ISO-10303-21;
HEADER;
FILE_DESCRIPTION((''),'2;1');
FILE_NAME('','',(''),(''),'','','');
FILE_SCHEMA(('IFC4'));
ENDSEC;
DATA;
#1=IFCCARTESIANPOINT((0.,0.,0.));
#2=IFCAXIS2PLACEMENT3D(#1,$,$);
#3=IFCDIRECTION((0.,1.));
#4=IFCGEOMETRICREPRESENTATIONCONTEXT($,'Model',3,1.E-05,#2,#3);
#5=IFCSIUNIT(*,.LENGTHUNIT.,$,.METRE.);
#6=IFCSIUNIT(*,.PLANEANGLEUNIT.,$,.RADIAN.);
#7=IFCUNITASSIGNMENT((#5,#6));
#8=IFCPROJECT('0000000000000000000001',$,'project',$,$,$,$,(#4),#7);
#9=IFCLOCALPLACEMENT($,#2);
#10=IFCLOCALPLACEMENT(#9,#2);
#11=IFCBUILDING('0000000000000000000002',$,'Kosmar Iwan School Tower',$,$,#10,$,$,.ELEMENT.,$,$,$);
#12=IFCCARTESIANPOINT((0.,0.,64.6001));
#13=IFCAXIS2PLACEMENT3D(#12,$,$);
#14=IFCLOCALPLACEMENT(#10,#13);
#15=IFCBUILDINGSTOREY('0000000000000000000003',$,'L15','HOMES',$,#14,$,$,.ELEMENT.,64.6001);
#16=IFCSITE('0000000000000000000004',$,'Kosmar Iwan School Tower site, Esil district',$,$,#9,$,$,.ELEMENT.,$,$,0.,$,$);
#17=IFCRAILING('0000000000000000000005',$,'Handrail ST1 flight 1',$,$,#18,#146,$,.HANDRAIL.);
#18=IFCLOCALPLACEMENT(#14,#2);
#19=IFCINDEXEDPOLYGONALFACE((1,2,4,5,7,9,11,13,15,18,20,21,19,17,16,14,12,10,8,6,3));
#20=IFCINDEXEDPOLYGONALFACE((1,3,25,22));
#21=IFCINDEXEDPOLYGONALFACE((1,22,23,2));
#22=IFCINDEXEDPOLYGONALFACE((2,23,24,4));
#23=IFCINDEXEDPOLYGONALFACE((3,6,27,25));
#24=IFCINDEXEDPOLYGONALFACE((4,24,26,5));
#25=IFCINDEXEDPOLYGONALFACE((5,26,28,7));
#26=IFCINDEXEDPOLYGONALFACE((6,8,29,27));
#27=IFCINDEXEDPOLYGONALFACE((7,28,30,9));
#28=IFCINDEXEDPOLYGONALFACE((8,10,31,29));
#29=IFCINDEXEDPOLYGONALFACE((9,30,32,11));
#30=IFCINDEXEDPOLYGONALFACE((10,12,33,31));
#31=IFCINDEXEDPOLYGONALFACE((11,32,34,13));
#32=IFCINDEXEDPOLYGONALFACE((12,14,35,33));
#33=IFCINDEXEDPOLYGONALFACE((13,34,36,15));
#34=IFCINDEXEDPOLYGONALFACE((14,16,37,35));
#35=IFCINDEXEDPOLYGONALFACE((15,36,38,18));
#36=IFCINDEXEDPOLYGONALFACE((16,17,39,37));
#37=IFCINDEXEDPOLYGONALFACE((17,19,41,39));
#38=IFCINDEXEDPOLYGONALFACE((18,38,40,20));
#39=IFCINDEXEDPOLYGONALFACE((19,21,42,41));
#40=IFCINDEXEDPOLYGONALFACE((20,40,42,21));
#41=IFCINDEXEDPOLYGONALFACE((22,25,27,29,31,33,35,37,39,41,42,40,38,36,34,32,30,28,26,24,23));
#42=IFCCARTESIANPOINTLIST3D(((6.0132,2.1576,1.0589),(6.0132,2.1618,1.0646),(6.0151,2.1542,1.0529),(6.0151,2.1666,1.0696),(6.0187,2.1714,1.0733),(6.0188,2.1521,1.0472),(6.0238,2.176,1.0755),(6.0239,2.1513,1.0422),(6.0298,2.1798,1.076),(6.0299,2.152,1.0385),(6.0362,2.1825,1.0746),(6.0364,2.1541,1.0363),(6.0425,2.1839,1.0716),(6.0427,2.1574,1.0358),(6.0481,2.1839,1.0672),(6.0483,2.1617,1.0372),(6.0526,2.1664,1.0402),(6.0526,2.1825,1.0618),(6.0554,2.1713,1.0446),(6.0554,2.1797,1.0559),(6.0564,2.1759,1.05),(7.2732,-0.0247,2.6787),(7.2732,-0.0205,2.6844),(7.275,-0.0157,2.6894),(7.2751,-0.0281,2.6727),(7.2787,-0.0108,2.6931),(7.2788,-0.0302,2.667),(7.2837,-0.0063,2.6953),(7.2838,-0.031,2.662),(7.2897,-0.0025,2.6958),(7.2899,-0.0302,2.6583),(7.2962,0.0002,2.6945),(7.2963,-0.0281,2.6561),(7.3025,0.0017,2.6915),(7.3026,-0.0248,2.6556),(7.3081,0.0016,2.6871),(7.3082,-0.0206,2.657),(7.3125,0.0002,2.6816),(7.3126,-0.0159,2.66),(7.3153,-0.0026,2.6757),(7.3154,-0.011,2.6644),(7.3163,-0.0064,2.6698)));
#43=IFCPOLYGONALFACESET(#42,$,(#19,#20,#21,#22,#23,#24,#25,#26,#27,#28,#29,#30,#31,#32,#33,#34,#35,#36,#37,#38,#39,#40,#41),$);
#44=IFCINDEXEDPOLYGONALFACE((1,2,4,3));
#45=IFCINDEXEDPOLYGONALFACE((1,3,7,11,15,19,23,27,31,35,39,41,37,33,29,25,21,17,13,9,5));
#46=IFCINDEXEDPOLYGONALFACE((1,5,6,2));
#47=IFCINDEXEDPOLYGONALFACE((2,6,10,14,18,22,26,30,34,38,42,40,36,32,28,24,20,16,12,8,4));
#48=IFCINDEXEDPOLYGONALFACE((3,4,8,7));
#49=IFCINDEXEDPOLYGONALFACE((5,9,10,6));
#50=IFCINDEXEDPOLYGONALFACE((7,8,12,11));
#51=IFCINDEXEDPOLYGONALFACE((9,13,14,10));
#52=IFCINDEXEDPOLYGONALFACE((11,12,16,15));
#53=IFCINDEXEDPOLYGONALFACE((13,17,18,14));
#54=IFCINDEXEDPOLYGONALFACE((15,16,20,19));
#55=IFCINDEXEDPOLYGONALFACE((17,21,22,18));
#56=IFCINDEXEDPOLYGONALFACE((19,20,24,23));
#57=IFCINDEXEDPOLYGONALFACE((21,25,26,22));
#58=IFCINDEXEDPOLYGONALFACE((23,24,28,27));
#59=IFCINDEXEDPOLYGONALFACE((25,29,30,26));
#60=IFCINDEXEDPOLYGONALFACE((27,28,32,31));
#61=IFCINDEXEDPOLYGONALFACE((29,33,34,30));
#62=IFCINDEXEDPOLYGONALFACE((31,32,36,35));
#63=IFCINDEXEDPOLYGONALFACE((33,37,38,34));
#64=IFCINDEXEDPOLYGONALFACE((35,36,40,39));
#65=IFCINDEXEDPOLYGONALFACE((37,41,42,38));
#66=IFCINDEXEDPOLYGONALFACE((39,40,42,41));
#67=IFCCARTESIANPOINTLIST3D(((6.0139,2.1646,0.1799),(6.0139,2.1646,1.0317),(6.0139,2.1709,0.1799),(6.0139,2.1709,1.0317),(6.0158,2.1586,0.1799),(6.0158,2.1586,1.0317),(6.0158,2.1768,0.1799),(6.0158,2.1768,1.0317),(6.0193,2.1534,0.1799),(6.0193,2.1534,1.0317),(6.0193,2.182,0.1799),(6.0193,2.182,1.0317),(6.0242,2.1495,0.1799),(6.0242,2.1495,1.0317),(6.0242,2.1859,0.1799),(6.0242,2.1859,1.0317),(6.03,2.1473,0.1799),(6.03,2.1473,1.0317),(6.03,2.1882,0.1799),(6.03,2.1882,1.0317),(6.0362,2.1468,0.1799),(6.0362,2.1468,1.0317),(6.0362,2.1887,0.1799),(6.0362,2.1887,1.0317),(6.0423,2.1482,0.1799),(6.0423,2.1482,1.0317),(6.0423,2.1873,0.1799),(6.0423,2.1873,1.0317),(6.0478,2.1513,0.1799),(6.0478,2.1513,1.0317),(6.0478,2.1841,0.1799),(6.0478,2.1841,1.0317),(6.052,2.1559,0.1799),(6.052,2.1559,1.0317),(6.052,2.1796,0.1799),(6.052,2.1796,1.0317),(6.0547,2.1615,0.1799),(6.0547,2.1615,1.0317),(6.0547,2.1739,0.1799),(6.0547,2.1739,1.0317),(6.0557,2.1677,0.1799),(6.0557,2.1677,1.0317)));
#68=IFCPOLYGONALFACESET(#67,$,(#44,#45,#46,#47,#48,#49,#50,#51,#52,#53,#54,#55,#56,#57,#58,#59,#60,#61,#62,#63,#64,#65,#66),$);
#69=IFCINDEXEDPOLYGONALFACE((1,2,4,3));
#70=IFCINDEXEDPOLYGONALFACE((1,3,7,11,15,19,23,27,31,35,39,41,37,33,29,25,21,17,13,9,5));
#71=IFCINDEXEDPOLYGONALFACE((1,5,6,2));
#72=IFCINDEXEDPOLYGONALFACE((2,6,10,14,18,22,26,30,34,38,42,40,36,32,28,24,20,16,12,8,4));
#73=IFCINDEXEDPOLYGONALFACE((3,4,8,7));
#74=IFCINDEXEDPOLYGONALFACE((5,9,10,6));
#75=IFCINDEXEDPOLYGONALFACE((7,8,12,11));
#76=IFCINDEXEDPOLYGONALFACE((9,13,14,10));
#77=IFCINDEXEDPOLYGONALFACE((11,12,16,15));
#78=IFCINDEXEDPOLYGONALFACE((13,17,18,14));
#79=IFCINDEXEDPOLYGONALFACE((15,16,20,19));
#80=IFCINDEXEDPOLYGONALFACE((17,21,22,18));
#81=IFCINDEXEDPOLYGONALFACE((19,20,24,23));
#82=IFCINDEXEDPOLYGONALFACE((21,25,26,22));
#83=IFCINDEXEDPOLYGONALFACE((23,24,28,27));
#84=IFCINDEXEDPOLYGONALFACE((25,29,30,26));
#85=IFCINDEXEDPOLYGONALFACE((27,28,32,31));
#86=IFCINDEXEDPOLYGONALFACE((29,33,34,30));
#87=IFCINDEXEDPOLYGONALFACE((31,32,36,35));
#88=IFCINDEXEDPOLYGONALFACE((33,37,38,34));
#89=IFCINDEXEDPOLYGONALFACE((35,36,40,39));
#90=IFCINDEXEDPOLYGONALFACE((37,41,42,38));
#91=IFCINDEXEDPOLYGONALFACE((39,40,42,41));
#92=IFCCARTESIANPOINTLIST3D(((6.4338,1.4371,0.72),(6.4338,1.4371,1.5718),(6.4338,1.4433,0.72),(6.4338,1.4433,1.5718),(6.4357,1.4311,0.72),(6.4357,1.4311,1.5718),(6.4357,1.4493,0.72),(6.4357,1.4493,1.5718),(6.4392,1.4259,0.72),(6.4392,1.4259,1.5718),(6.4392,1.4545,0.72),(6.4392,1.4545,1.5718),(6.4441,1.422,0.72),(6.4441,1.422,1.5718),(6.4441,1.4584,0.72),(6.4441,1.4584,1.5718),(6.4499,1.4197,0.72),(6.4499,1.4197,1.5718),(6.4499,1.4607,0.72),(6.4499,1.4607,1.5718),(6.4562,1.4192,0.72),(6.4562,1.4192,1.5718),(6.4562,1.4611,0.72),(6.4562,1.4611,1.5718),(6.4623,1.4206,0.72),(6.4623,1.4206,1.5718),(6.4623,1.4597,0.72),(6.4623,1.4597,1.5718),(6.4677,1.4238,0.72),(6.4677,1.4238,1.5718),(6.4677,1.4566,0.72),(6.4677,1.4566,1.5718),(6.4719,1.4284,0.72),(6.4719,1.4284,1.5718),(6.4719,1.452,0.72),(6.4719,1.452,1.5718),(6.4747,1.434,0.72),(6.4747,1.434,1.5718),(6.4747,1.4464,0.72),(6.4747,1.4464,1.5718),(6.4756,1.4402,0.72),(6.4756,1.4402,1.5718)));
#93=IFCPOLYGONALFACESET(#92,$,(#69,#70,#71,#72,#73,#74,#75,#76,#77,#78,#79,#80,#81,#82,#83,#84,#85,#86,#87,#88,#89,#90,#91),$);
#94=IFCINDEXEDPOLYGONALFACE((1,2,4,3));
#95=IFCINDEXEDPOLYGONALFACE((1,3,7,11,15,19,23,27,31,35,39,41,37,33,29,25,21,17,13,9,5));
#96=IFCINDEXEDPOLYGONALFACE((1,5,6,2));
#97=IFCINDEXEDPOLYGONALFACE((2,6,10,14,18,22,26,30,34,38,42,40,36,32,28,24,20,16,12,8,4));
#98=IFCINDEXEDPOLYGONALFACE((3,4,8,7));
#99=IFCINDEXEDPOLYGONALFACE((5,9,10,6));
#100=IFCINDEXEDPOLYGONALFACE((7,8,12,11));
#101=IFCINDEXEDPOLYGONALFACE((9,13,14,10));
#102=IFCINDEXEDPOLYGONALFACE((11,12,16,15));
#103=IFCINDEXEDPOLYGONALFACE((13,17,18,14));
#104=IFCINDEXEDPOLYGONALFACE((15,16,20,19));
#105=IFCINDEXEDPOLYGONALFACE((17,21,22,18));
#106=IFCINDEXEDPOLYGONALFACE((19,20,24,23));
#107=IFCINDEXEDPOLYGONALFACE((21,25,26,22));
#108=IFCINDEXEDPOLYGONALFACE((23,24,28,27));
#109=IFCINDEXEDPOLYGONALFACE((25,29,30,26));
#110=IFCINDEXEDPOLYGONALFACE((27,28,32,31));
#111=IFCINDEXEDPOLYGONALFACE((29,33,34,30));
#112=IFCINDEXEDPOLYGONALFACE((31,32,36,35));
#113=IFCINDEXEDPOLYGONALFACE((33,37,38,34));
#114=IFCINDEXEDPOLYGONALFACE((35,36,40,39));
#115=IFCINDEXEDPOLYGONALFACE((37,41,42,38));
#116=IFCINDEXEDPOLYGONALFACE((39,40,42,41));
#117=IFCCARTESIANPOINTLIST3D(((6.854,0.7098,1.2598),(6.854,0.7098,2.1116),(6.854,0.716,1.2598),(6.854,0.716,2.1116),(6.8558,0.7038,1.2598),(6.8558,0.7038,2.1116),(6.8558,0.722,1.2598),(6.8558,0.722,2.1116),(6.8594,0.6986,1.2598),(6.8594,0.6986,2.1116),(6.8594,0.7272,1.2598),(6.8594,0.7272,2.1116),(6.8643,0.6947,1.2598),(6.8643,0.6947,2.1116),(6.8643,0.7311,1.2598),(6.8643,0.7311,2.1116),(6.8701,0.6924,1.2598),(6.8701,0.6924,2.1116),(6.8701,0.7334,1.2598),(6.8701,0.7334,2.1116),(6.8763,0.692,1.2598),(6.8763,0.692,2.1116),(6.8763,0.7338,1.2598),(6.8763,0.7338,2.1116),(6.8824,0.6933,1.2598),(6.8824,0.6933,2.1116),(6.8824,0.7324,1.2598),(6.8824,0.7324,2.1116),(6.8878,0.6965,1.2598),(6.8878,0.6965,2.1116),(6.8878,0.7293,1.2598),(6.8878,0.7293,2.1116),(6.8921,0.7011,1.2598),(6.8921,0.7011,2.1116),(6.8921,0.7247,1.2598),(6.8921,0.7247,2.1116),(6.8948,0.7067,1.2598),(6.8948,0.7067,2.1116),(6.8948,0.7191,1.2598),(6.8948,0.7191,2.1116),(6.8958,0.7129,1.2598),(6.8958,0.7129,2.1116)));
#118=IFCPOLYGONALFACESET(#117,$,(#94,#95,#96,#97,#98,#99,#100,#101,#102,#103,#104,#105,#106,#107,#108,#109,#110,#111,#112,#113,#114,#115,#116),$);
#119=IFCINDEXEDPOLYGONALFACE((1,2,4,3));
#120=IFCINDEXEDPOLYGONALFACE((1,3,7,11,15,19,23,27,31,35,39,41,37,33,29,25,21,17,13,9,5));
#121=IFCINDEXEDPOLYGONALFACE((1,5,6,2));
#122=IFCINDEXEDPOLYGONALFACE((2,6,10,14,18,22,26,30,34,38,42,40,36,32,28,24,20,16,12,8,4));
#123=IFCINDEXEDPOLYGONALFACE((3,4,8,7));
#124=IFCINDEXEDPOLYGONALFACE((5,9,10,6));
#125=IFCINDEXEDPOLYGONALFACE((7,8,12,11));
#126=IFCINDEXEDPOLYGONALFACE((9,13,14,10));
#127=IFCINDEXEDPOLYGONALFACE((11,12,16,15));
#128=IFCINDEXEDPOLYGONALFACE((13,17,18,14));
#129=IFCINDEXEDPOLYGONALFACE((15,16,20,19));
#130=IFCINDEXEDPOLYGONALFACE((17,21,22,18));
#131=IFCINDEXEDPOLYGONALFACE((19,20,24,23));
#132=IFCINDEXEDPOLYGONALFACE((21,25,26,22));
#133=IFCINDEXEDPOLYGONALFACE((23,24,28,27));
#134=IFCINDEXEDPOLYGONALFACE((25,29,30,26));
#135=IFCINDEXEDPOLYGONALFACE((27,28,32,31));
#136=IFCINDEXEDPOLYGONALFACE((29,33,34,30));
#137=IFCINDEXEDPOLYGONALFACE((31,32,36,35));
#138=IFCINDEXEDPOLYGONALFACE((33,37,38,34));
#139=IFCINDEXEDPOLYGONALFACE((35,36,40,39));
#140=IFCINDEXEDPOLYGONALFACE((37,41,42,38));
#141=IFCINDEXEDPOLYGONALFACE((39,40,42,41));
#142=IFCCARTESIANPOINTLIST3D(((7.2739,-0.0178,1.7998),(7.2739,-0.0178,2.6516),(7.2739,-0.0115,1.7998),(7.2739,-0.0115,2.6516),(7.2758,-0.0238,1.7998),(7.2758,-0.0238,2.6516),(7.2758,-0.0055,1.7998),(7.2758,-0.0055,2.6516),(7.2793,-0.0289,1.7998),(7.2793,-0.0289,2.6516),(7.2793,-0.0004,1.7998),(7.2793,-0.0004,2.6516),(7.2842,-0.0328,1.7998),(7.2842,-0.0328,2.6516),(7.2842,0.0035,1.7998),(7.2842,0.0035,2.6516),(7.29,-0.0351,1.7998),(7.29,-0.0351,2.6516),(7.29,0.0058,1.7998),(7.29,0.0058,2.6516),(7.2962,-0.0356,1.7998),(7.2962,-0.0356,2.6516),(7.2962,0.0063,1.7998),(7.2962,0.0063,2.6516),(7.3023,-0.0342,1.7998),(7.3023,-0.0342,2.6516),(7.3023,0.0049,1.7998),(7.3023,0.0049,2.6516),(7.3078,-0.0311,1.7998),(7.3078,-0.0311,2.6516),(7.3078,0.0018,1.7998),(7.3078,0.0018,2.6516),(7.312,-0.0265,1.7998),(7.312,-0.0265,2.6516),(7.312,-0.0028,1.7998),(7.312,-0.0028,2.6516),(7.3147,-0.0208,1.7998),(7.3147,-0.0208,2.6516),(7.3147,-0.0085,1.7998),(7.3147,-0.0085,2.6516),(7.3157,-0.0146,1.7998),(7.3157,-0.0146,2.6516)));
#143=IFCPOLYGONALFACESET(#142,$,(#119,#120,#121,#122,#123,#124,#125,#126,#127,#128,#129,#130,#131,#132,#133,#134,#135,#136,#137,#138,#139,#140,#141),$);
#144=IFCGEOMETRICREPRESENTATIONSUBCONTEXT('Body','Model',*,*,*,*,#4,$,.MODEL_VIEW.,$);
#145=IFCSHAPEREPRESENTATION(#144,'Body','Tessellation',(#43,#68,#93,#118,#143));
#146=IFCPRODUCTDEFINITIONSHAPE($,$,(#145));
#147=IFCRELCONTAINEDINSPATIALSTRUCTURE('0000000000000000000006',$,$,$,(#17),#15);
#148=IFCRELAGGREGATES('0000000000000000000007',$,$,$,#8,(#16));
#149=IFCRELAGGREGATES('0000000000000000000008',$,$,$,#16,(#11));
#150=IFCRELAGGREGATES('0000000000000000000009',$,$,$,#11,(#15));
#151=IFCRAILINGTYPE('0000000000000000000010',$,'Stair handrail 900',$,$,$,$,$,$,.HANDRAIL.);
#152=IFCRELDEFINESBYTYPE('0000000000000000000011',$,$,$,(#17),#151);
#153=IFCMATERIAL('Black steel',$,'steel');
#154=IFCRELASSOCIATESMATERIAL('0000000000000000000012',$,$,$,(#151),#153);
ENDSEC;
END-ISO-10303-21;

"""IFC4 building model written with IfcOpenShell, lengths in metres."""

from ifc_helpers import new_model, si_unit, direction, frame, origin, origin_2d, place, context, subcontext, project, spatial, circle, extrude, material, type_object, element, save


model = new_model("IFC4")

# Units and contexts
model_context = context("Model", 3, precision=1e-05, world=origin(), true_north=direction((0.0, 1.0)))
body_context = subcontext(model_context, "Body", "Model", "MODEL_VIEW")
ifc_project = project(units=[si_unit("LENGTHUNIT", "METRE"), si_unit("PLANEANGLEUNIT", "RADIAN")], contexts=[model_context])

# Site, building, storey
site_placement = place(None, origin())
site = spatial("IfcSite", under=ifc_project, at=site_placement, Name="Kosmar Iwan School Tower site, Esil district", CompositionType="ELEMENT", RefElevation=0.0)
building_placement = place(site_placement, origin())
building = spatial("IfcBuilding", under=site, at=building_placement, Name="Kosmar Iwan School Tower", CompositionType="ELEMENT")
storey_placement = place(building_placement, frame((0.0, 0.0, 64.6001)))
storey = spatial("IfcBuildingStorey", under=building, at=storey_placement, Name="L15", Description="HOMES", CompositionType="ELEMENT", Elevation=64.6001)

# Railing
ifc_material_1 = material(Name="Black steel", Category="steel")
railing_type = type_object("IfcRailingType", Name="Stair handrail 900", PredefinedType="HANDRAIL", material=ifc_material_1)
railing_placement = place(storey_placement, frame((6.0347, 2.1677, 0.1799)))
element("IfcRailing", 1, at=railing_placement, inside=storey, type_object=railing_type, Name="Handrail ST1 flight 1", PredefinedType="HANDRAIL", context=body_context, shape_type="SweptSolid", body=[
    extrude(circle(Radius=0.0239, at=origin_2d()), frame((0.0, 0.0, 0.876), z_axis=(0.420603, -0.728496, 0.540728), x_axis=(0.866023, 0.500005, 0.0)), (0.0, 0.0, 1.0), 2.9956),
    extrude(circle(Radius=0.021, at=origin_2d()), origin(), (0.0, 0.0, 1.0), 0.8518),
    extrude(circle(Radius=0.021, at=origin_2d()), frame((0.4199, -0.7275, 0.54)), (0.0, 0.0, 1.0), 0.8518),
    extrude(circle(Radius=0.021, at=origin_2d()), frame((0.8401, -1.4548, 1.0798)), (0.0, 0.0, 1.0), 0.8518),
    extrude(circle(Radius=0.021, at=origin_2d()), frame((1.26, -2.1824, 1.6199)), (0.0, 0.0, 1.0), 0.8518),
])

save(model, "model.ifc")
